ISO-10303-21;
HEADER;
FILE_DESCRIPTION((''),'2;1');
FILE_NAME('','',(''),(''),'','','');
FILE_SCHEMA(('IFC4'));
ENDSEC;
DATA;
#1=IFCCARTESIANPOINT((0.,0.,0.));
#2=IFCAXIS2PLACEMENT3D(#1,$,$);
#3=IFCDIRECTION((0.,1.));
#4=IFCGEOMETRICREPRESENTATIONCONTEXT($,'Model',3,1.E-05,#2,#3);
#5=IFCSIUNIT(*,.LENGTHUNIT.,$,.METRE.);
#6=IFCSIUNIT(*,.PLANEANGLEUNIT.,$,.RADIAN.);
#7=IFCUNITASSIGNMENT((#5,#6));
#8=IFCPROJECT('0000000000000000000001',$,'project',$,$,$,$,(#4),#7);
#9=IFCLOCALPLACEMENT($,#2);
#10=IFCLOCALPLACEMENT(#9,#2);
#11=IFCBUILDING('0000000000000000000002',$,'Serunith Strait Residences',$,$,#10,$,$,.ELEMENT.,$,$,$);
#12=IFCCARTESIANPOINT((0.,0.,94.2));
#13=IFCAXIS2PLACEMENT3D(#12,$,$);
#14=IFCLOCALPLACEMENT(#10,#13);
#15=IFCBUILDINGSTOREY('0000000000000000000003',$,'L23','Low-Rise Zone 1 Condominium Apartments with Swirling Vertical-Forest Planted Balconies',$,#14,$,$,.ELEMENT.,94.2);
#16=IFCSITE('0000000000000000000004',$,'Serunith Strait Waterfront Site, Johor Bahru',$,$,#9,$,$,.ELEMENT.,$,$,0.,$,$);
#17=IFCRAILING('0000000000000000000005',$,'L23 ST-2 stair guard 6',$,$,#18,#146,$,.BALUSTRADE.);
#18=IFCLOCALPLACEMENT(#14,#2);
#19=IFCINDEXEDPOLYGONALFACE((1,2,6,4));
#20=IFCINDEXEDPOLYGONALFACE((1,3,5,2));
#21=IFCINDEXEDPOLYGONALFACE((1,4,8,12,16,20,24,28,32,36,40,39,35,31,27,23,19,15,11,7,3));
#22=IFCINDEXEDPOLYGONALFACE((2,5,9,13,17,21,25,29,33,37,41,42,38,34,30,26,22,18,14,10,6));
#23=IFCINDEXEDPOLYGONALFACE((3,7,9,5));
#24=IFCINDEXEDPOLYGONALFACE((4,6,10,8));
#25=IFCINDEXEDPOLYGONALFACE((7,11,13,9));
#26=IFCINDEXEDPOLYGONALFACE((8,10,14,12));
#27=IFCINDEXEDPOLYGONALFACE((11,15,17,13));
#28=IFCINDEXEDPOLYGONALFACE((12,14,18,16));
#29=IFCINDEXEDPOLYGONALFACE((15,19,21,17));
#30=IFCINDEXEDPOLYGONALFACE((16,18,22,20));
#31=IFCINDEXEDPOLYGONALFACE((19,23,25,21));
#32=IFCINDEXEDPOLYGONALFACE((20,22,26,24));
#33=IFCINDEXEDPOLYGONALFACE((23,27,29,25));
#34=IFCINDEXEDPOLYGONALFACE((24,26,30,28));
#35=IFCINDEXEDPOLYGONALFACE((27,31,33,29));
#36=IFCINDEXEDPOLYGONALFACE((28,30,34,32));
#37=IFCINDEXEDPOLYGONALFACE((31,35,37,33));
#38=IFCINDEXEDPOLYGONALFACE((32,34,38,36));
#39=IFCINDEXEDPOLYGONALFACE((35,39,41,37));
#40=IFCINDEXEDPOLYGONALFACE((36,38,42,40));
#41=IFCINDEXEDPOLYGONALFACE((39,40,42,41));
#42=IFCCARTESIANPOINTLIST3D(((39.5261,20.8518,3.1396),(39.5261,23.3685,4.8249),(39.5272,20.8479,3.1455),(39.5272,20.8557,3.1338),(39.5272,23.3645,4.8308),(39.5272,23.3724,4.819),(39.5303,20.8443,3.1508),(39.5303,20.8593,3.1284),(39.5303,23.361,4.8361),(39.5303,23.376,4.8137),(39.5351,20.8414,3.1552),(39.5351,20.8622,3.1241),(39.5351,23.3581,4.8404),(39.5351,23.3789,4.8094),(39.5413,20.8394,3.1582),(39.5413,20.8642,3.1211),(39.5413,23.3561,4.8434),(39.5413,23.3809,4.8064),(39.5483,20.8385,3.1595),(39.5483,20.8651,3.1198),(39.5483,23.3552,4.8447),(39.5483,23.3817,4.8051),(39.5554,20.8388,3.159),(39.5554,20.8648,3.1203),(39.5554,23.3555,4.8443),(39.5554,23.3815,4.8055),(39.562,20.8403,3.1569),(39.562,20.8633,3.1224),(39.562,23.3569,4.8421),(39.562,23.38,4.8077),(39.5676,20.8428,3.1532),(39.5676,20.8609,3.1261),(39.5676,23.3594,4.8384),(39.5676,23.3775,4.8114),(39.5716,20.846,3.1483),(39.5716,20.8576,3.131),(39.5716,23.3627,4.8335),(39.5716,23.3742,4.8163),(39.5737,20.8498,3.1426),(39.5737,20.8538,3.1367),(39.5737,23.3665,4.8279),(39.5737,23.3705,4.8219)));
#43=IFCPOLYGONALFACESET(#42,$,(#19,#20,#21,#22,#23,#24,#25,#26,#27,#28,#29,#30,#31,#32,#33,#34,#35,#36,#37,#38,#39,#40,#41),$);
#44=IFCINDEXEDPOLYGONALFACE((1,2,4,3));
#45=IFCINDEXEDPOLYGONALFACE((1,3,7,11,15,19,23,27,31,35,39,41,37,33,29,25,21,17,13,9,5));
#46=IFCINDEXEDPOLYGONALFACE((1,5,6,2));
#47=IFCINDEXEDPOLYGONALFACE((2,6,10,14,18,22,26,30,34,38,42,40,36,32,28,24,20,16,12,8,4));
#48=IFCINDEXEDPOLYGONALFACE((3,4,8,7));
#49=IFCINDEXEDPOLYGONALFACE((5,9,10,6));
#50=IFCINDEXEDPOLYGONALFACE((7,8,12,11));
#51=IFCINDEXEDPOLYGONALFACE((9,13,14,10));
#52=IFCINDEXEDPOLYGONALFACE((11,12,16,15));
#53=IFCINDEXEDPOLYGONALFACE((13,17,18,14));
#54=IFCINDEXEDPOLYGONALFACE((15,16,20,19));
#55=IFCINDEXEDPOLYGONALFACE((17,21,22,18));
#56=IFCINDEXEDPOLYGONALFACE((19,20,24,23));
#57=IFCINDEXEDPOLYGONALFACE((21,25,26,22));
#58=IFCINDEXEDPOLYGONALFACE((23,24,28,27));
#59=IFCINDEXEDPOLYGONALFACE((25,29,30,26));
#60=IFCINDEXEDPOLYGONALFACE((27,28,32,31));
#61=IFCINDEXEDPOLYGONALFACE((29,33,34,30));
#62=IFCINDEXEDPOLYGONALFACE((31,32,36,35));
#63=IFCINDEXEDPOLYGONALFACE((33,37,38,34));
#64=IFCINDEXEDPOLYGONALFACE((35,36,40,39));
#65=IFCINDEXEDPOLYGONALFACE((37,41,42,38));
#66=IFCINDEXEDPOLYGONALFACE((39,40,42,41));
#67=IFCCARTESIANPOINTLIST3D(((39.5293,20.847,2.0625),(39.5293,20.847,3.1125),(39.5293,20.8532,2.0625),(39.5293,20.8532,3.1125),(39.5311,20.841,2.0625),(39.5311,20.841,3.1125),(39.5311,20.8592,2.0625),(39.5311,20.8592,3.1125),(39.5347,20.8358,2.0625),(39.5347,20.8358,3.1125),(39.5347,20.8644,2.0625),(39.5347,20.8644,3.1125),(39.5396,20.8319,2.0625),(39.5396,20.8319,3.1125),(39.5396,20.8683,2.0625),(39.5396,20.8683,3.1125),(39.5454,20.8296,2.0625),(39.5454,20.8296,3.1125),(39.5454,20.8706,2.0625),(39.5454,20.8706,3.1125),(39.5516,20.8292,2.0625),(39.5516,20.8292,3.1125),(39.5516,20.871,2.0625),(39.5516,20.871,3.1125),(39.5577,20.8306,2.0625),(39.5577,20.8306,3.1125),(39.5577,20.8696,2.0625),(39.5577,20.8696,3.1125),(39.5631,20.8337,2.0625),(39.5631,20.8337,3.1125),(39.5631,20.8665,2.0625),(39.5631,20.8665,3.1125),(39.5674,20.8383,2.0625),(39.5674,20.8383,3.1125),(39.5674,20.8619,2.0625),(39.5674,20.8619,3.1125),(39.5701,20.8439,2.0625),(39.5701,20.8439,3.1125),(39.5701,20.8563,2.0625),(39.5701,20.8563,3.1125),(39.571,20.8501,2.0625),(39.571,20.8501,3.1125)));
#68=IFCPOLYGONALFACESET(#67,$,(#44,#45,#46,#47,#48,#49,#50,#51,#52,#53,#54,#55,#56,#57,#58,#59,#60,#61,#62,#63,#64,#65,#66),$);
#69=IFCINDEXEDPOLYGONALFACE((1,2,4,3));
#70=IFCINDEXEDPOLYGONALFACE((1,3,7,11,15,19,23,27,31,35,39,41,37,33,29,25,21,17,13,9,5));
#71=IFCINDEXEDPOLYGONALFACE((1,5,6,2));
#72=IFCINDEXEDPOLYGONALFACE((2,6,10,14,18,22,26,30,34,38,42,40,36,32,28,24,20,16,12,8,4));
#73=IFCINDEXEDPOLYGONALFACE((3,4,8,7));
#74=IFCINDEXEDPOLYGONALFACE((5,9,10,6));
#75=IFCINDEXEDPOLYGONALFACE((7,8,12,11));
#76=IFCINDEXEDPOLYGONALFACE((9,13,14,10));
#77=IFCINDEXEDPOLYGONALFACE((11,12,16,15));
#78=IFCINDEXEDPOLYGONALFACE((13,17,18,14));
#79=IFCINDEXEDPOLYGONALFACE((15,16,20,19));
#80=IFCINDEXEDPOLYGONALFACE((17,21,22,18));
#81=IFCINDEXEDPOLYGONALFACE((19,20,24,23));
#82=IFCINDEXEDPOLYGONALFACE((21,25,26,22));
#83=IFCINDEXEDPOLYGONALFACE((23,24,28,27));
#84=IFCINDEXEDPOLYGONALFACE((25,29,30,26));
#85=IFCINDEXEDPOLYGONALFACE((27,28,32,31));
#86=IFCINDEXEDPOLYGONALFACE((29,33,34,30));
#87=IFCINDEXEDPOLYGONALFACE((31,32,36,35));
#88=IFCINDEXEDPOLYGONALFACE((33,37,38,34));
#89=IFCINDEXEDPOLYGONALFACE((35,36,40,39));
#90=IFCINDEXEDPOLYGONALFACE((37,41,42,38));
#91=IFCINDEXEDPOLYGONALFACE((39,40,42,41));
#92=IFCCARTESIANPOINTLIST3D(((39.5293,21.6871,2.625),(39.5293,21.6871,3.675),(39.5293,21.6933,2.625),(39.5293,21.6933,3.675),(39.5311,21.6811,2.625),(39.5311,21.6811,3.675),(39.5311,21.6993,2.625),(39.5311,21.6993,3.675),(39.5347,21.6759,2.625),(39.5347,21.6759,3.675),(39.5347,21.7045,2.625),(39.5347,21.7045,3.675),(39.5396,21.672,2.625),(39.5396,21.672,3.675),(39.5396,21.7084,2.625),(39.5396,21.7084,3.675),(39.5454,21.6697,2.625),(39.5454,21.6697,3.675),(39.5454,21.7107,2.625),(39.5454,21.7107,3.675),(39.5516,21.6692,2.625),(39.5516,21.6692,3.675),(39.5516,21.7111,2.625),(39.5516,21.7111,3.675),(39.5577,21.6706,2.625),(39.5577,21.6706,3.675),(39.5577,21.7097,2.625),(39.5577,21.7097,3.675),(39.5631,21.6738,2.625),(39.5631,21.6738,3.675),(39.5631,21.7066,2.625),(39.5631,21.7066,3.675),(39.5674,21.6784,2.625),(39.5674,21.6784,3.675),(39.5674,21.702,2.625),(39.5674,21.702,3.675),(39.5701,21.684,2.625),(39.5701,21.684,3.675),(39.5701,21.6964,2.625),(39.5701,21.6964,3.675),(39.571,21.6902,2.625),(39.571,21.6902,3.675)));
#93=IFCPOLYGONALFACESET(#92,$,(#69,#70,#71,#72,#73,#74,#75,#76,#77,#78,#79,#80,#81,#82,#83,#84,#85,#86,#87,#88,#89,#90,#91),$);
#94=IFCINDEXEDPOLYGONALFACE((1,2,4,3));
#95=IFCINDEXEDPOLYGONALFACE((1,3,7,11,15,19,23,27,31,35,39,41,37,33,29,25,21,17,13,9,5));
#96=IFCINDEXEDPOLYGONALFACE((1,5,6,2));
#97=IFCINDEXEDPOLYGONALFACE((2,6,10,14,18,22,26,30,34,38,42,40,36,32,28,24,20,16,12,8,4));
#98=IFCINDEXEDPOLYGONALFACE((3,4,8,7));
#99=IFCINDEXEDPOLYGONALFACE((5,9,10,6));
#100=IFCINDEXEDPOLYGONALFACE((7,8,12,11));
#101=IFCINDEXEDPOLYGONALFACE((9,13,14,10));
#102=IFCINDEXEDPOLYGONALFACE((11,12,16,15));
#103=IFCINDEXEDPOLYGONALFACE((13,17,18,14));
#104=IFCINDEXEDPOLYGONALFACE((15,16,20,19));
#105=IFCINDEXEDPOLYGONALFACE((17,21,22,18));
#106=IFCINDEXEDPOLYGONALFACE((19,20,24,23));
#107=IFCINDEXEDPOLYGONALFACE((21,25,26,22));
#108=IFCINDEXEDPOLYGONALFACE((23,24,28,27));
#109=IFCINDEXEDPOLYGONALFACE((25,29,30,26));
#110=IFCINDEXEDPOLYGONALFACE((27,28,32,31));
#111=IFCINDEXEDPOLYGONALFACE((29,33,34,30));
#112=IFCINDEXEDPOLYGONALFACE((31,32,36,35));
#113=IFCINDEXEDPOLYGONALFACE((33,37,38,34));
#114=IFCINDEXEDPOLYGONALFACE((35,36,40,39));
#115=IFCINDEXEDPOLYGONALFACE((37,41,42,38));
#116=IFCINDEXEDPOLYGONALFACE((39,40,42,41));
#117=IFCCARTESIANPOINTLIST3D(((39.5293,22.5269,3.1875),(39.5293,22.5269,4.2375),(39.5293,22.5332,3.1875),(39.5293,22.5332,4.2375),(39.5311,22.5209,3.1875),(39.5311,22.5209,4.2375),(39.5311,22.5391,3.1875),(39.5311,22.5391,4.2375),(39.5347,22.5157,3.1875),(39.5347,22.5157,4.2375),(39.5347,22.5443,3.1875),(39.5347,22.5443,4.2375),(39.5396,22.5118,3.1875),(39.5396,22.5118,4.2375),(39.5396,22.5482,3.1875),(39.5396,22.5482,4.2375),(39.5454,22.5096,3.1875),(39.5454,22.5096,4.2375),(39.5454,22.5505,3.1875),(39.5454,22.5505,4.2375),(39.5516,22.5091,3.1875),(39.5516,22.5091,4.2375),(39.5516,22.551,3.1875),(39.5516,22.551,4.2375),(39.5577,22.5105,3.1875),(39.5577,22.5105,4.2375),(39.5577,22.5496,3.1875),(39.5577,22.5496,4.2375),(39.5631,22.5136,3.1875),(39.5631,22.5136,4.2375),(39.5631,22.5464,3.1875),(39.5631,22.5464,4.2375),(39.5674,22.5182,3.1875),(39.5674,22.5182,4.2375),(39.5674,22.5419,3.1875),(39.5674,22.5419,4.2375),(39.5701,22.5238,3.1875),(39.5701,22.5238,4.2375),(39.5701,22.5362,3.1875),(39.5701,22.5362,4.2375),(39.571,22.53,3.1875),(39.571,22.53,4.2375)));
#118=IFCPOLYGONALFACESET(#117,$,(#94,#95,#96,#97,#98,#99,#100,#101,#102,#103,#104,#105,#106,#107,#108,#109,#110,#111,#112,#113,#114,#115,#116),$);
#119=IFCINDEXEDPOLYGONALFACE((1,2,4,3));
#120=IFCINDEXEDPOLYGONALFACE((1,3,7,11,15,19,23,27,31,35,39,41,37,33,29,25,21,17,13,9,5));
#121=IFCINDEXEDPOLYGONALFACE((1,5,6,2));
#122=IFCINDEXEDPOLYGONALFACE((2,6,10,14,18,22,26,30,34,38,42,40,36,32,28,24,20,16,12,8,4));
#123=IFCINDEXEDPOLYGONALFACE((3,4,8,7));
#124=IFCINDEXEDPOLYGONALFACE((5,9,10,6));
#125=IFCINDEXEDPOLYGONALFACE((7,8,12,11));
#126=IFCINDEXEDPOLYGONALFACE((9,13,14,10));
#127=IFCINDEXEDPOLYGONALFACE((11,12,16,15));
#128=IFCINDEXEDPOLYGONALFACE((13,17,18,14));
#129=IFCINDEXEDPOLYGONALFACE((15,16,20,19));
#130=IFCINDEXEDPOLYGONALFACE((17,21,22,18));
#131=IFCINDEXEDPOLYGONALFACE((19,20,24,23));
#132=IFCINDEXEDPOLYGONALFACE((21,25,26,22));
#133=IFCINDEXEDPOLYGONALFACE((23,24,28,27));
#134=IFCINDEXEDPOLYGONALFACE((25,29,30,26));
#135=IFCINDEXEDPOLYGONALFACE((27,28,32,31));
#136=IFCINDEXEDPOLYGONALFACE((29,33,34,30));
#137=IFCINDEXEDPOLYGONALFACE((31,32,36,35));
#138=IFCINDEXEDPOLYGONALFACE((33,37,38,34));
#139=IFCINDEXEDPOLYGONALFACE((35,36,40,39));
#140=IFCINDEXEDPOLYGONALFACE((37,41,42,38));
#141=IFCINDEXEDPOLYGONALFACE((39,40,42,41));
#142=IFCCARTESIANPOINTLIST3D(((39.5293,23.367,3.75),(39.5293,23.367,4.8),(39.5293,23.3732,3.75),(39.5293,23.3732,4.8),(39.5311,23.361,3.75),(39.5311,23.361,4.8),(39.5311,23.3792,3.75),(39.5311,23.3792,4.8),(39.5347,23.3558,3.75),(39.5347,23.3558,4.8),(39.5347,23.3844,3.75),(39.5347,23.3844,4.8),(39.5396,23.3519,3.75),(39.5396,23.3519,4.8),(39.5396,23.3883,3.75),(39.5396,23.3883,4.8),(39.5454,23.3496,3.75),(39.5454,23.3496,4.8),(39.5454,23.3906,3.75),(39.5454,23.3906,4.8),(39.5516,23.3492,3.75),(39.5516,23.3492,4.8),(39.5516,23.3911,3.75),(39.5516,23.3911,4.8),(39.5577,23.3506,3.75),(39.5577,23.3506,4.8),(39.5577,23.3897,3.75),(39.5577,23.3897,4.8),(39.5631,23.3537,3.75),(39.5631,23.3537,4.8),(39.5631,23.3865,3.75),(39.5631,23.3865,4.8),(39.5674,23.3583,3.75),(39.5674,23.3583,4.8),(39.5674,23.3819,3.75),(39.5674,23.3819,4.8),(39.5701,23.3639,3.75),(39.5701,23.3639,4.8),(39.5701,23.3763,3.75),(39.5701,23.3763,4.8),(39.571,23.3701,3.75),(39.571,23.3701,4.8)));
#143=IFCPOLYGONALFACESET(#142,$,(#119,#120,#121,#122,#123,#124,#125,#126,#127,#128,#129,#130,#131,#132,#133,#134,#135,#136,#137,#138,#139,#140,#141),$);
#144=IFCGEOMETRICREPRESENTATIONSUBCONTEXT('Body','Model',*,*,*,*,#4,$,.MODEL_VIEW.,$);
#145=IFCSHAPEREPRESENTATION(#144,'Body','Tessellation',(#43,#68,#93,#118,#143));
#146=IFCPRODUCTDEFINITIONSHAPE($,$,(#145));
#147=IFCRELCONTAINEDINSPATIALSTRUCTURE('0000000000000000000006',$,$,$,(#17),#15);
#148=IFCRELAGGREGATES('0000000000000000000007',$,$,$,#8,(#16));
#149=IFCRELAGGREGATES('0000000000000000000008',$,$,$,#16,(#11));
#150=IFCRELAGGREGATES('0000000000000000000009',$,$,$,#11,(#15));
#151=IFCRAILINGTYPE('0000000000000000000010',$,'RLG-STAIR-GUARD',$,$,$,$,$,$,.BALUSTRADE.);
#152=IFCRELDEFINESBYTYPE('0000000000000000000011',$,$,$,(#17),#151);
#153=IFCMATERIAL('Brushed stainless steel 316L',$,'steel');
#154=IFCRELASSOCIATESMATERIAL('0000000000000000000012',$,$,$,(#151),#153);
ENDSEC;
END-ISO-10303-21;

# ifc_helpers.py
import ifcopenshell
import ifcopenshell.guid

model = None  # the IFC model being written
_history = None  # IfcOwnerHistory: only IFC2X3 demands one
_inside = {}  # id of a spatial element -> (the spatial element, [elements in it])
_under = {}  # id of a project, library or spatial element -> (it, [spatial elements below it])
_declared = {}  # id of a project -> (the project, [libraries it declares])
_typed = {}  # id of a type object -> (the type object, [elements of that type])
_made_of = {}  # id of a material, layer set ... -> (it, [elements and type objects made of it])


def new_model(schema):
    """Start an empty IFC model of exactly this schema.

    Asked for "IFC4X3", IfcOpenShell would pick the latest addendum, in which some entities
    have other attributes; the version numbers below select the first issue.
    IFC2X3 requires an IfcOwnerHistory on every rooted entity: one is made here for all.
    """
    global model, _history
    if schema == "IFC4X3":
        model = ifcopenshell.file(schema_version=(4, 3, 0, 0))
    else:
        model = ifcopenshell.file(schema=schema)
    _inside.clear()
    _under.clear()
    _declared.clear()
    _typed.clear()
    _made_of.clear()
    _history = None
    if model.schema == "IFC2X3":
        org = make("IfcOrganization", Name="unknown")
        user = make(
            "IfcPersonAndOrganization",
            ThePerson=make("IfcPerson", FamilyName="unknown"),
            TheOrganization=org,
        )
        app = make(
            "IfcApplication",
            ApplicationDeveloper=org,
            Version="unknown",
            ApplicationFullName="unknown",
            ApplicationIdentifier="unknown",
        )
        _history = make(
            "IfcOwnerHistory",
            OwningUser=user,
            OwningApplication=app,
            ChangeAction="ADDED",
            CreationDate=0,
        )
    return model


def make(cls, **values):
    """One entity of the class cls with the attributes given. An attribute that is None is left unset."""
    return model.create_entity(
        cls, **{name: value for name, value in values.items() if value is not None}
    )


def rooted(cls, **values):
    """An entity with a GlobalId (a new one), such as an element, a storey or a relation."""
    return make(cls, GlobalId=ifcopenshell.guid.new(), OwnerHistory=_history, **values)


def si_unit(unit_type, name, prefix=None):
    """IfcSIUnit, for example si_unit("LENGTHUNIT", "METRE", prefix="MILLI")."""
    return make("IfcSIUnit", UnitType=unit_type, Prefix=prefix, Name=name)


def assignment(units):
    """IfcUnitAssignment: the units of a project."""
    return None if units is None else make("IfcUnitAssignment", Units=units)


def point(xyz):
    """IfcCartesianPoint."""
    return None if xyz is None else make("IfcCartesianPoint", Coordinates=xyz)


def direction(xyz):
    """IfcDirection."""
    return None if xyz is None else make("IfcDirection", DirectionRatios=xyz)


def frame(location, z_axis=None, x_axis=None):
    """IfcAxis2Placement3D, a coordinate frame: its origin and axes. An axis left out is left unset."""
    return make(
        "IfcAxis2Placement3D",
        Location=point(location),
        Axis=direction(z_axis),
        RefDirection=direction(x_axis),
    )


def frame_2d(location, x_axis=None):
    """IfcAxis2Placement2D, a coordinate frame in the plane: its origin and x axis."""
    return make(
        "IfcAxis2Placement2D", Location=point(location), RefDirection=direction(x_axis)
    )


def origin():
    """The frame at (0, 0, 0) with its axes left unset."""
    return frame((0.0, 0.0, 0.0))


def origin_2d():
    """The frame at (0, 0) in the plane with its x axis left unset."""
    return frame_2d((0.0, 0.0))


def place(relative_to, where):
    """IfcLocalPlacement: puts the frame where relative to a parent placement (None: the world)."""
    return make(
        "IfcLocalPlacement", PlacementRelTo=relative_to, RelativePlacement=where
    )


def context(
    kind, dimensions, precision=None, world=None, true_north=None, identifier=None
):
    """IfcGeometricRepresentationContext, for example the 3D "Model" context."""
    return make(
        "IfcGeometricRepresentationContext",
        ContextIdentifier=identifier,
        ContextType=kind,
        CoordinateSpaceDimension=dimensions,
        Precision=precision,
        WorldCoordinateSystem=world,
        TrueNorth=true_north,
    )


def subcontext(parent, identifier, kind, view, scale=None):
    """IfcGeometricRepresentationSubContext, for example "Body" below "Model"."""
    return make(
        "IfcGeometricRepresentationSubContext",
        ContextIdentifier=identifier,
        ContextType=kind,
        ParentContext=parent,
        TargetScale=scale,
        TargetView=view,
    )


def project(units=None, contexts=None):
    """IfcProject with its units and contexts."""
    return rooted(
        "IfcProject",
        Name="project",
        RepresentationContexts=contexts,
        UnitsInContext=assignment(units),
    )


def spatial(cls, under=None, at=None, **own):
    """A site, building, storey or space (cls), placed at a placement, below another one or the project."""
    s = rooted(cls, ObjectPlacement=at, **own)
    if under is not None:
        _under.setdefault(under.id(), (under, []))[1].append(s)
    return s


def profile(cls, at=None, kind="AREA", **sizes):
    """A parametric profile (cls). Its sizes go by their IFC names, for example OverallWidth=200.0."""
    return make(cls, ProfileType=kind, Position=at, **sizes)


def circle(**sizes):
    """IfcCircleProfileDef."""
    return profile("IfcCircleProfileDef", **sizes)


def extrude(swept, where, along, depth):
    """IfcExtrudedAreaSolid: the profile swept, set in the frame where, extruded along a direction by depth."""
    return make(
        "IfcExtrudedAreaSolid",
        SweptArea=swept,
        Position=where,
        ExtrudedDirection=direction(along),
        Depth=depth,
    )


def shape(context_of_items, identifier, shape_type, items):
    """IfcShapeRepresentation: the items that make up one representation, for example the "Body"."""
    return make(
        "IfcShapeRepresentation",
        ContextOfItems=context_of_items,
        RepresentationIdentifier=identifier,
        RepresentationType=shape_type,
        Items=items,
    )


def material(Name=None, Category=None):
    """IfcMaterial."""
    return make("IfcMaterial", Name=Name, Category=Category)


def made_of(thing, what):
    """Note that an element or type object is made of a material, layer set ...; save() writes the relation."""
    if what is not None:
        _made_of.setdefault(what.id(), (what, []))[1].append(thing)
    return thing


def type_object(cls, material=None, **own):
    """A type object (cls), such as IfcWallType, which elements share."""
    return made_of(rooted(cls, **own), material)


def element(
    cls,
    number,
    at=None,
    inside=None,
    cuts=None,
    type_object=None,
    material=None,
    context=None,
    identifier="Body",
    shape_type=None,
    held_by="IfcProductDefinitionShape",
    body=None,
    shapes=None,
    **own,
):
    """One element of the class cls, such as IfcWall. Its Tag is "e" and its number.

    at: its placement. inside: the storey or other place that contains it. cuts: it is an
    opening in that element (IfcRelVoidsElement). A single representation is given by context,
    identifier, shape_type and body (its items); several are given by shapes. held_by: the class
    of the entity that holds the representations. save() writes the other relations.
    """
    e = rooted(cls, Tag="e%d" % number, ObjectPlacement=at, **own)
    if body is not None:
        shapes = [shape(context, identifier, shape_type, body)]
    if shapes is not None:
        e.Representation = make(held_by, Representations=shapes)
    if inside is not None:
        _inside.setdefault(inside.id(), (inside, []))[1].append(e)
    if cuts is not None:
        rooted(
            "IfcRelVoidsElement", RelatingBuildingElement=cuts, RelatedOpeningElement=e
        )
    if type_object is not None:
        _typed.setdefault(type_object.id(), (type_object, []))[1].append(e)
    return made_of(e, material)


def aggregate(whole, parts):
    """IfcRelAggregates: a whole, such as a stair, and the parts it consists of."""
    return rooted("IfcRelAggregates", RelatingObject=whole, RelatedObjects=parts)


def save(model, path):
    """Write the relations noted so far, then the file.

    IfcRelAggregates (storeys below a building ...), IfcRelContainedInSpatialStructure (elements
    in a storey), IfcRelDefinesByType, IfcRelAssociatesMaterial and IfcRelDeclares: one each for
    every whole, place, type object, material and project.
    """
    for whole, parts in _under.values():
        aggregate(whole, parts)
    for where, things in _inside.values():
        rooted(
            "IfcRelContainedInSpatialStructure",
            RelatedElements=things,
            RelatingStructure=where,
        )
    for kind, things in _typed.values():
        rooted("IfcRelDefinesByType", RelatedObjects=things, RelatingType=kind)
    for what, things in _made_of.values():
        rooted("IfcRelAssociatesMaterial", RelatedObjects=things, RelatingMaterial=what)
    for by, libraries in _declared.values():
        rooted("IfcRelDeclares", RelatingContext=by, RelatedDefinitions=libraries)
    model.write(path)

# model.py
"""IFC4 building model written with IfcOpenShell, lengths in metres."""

from ifc_helpers import new_model, si_unit, direction, frame, origin, origin_2d, place, context, subcontext, project, spatial, circle, extrude, material, type_object, element, save


model = new_model("IFC4")

# Units and contexts
model_context = context("Model", 3, precision=1e-05, world=origin(), true_north=direction((0.0, 1.0)))
body_context = subcontext(model_context, "Body", "Model", "MODEL_VIEW")
ifc_project = project(units=[si_unit("LENGTHUNIT", "METRE"), si_unit("PLANEANGLEUNIT", "RADIAN")], contexts=[model_context])

# Site, building, storey
site_placement = place(None, origin())
site = spatial("IfcSite", under=ifc_project, at=site_placement, Name="Serunith Strait Waterfront Site, Johor Bahru", CompositionType="ELEMENT", RefElevation=0.0)
building_placement = place(site_placement, origin())
building = spatial("IfcBuilding", under=site, at=building_placement, Name="Serunith Strait Residences", CompositionType="ELEMENT")
storey_placement = place(building_placement, frame((0.0, 0.0, 94.2)))
storey = spatial("IfcBuildingStorey", under=building, at=storey_placement, Name="L23", Description="Low-Rise Zone 1 Condominium Apartments with Swirling Vertical-Forest Planted Balconies", CompositionType="ELEMENT", Elevation=94.2)

# Railing
ifc_material_1 = material(Name="Brushed stainless steel 316L", Category="steel")
railing_type_1 = type_object("IfcRailingType", Name="RLG-STAIR-GUARD", PredefinedType="BALUSTRADE", material=ifc_material_1)
railing_1_placement = place(storey_placement, frame((39.55, 20.8501, 2.0625)))
element("IfcRailing", 1, at=railing_1_placement, inside=storey, type_object=railing_type_1, Name="L23 ST-2 stair guard 6", PredefinedType="BALUSTRADE", context=body_context, shape_type="SweptSolid", body=[
    extrude(circle(Radius=0.0239, at=origin_2d()), frame((0.0, 0.0017, 1.0771), z_axis=(0.0, 0.830909, 0.556408), x_axis=(-1.0, 0.0, 0.0)), (0.0, 0.0, 1.0), 3.0288),
    extrude(circle(Radius=0.021, at=origin_2d()), origin(), (0.0, 0.0, 1.0), 1.05),
    extrude(circle(Radius=0.021, at=origin_2d()), frame((0.0, 0.8401, 0.5625)), (0.0, 0.0, 1.0), 1.05),
    extrude(circle(Radius=0.021, at=origin_2d()), frame((0.0, 1.6799, 1.125)), (0.0, 0.0, 1.0), 1.05),
    extrude(circle(Radius=0.021, at=origin_2d()), frame((0.0, 2.52, 1.6875)), (0.0, 0.0, 1.0), 1.05),
])

save(model, "model.ifc")
